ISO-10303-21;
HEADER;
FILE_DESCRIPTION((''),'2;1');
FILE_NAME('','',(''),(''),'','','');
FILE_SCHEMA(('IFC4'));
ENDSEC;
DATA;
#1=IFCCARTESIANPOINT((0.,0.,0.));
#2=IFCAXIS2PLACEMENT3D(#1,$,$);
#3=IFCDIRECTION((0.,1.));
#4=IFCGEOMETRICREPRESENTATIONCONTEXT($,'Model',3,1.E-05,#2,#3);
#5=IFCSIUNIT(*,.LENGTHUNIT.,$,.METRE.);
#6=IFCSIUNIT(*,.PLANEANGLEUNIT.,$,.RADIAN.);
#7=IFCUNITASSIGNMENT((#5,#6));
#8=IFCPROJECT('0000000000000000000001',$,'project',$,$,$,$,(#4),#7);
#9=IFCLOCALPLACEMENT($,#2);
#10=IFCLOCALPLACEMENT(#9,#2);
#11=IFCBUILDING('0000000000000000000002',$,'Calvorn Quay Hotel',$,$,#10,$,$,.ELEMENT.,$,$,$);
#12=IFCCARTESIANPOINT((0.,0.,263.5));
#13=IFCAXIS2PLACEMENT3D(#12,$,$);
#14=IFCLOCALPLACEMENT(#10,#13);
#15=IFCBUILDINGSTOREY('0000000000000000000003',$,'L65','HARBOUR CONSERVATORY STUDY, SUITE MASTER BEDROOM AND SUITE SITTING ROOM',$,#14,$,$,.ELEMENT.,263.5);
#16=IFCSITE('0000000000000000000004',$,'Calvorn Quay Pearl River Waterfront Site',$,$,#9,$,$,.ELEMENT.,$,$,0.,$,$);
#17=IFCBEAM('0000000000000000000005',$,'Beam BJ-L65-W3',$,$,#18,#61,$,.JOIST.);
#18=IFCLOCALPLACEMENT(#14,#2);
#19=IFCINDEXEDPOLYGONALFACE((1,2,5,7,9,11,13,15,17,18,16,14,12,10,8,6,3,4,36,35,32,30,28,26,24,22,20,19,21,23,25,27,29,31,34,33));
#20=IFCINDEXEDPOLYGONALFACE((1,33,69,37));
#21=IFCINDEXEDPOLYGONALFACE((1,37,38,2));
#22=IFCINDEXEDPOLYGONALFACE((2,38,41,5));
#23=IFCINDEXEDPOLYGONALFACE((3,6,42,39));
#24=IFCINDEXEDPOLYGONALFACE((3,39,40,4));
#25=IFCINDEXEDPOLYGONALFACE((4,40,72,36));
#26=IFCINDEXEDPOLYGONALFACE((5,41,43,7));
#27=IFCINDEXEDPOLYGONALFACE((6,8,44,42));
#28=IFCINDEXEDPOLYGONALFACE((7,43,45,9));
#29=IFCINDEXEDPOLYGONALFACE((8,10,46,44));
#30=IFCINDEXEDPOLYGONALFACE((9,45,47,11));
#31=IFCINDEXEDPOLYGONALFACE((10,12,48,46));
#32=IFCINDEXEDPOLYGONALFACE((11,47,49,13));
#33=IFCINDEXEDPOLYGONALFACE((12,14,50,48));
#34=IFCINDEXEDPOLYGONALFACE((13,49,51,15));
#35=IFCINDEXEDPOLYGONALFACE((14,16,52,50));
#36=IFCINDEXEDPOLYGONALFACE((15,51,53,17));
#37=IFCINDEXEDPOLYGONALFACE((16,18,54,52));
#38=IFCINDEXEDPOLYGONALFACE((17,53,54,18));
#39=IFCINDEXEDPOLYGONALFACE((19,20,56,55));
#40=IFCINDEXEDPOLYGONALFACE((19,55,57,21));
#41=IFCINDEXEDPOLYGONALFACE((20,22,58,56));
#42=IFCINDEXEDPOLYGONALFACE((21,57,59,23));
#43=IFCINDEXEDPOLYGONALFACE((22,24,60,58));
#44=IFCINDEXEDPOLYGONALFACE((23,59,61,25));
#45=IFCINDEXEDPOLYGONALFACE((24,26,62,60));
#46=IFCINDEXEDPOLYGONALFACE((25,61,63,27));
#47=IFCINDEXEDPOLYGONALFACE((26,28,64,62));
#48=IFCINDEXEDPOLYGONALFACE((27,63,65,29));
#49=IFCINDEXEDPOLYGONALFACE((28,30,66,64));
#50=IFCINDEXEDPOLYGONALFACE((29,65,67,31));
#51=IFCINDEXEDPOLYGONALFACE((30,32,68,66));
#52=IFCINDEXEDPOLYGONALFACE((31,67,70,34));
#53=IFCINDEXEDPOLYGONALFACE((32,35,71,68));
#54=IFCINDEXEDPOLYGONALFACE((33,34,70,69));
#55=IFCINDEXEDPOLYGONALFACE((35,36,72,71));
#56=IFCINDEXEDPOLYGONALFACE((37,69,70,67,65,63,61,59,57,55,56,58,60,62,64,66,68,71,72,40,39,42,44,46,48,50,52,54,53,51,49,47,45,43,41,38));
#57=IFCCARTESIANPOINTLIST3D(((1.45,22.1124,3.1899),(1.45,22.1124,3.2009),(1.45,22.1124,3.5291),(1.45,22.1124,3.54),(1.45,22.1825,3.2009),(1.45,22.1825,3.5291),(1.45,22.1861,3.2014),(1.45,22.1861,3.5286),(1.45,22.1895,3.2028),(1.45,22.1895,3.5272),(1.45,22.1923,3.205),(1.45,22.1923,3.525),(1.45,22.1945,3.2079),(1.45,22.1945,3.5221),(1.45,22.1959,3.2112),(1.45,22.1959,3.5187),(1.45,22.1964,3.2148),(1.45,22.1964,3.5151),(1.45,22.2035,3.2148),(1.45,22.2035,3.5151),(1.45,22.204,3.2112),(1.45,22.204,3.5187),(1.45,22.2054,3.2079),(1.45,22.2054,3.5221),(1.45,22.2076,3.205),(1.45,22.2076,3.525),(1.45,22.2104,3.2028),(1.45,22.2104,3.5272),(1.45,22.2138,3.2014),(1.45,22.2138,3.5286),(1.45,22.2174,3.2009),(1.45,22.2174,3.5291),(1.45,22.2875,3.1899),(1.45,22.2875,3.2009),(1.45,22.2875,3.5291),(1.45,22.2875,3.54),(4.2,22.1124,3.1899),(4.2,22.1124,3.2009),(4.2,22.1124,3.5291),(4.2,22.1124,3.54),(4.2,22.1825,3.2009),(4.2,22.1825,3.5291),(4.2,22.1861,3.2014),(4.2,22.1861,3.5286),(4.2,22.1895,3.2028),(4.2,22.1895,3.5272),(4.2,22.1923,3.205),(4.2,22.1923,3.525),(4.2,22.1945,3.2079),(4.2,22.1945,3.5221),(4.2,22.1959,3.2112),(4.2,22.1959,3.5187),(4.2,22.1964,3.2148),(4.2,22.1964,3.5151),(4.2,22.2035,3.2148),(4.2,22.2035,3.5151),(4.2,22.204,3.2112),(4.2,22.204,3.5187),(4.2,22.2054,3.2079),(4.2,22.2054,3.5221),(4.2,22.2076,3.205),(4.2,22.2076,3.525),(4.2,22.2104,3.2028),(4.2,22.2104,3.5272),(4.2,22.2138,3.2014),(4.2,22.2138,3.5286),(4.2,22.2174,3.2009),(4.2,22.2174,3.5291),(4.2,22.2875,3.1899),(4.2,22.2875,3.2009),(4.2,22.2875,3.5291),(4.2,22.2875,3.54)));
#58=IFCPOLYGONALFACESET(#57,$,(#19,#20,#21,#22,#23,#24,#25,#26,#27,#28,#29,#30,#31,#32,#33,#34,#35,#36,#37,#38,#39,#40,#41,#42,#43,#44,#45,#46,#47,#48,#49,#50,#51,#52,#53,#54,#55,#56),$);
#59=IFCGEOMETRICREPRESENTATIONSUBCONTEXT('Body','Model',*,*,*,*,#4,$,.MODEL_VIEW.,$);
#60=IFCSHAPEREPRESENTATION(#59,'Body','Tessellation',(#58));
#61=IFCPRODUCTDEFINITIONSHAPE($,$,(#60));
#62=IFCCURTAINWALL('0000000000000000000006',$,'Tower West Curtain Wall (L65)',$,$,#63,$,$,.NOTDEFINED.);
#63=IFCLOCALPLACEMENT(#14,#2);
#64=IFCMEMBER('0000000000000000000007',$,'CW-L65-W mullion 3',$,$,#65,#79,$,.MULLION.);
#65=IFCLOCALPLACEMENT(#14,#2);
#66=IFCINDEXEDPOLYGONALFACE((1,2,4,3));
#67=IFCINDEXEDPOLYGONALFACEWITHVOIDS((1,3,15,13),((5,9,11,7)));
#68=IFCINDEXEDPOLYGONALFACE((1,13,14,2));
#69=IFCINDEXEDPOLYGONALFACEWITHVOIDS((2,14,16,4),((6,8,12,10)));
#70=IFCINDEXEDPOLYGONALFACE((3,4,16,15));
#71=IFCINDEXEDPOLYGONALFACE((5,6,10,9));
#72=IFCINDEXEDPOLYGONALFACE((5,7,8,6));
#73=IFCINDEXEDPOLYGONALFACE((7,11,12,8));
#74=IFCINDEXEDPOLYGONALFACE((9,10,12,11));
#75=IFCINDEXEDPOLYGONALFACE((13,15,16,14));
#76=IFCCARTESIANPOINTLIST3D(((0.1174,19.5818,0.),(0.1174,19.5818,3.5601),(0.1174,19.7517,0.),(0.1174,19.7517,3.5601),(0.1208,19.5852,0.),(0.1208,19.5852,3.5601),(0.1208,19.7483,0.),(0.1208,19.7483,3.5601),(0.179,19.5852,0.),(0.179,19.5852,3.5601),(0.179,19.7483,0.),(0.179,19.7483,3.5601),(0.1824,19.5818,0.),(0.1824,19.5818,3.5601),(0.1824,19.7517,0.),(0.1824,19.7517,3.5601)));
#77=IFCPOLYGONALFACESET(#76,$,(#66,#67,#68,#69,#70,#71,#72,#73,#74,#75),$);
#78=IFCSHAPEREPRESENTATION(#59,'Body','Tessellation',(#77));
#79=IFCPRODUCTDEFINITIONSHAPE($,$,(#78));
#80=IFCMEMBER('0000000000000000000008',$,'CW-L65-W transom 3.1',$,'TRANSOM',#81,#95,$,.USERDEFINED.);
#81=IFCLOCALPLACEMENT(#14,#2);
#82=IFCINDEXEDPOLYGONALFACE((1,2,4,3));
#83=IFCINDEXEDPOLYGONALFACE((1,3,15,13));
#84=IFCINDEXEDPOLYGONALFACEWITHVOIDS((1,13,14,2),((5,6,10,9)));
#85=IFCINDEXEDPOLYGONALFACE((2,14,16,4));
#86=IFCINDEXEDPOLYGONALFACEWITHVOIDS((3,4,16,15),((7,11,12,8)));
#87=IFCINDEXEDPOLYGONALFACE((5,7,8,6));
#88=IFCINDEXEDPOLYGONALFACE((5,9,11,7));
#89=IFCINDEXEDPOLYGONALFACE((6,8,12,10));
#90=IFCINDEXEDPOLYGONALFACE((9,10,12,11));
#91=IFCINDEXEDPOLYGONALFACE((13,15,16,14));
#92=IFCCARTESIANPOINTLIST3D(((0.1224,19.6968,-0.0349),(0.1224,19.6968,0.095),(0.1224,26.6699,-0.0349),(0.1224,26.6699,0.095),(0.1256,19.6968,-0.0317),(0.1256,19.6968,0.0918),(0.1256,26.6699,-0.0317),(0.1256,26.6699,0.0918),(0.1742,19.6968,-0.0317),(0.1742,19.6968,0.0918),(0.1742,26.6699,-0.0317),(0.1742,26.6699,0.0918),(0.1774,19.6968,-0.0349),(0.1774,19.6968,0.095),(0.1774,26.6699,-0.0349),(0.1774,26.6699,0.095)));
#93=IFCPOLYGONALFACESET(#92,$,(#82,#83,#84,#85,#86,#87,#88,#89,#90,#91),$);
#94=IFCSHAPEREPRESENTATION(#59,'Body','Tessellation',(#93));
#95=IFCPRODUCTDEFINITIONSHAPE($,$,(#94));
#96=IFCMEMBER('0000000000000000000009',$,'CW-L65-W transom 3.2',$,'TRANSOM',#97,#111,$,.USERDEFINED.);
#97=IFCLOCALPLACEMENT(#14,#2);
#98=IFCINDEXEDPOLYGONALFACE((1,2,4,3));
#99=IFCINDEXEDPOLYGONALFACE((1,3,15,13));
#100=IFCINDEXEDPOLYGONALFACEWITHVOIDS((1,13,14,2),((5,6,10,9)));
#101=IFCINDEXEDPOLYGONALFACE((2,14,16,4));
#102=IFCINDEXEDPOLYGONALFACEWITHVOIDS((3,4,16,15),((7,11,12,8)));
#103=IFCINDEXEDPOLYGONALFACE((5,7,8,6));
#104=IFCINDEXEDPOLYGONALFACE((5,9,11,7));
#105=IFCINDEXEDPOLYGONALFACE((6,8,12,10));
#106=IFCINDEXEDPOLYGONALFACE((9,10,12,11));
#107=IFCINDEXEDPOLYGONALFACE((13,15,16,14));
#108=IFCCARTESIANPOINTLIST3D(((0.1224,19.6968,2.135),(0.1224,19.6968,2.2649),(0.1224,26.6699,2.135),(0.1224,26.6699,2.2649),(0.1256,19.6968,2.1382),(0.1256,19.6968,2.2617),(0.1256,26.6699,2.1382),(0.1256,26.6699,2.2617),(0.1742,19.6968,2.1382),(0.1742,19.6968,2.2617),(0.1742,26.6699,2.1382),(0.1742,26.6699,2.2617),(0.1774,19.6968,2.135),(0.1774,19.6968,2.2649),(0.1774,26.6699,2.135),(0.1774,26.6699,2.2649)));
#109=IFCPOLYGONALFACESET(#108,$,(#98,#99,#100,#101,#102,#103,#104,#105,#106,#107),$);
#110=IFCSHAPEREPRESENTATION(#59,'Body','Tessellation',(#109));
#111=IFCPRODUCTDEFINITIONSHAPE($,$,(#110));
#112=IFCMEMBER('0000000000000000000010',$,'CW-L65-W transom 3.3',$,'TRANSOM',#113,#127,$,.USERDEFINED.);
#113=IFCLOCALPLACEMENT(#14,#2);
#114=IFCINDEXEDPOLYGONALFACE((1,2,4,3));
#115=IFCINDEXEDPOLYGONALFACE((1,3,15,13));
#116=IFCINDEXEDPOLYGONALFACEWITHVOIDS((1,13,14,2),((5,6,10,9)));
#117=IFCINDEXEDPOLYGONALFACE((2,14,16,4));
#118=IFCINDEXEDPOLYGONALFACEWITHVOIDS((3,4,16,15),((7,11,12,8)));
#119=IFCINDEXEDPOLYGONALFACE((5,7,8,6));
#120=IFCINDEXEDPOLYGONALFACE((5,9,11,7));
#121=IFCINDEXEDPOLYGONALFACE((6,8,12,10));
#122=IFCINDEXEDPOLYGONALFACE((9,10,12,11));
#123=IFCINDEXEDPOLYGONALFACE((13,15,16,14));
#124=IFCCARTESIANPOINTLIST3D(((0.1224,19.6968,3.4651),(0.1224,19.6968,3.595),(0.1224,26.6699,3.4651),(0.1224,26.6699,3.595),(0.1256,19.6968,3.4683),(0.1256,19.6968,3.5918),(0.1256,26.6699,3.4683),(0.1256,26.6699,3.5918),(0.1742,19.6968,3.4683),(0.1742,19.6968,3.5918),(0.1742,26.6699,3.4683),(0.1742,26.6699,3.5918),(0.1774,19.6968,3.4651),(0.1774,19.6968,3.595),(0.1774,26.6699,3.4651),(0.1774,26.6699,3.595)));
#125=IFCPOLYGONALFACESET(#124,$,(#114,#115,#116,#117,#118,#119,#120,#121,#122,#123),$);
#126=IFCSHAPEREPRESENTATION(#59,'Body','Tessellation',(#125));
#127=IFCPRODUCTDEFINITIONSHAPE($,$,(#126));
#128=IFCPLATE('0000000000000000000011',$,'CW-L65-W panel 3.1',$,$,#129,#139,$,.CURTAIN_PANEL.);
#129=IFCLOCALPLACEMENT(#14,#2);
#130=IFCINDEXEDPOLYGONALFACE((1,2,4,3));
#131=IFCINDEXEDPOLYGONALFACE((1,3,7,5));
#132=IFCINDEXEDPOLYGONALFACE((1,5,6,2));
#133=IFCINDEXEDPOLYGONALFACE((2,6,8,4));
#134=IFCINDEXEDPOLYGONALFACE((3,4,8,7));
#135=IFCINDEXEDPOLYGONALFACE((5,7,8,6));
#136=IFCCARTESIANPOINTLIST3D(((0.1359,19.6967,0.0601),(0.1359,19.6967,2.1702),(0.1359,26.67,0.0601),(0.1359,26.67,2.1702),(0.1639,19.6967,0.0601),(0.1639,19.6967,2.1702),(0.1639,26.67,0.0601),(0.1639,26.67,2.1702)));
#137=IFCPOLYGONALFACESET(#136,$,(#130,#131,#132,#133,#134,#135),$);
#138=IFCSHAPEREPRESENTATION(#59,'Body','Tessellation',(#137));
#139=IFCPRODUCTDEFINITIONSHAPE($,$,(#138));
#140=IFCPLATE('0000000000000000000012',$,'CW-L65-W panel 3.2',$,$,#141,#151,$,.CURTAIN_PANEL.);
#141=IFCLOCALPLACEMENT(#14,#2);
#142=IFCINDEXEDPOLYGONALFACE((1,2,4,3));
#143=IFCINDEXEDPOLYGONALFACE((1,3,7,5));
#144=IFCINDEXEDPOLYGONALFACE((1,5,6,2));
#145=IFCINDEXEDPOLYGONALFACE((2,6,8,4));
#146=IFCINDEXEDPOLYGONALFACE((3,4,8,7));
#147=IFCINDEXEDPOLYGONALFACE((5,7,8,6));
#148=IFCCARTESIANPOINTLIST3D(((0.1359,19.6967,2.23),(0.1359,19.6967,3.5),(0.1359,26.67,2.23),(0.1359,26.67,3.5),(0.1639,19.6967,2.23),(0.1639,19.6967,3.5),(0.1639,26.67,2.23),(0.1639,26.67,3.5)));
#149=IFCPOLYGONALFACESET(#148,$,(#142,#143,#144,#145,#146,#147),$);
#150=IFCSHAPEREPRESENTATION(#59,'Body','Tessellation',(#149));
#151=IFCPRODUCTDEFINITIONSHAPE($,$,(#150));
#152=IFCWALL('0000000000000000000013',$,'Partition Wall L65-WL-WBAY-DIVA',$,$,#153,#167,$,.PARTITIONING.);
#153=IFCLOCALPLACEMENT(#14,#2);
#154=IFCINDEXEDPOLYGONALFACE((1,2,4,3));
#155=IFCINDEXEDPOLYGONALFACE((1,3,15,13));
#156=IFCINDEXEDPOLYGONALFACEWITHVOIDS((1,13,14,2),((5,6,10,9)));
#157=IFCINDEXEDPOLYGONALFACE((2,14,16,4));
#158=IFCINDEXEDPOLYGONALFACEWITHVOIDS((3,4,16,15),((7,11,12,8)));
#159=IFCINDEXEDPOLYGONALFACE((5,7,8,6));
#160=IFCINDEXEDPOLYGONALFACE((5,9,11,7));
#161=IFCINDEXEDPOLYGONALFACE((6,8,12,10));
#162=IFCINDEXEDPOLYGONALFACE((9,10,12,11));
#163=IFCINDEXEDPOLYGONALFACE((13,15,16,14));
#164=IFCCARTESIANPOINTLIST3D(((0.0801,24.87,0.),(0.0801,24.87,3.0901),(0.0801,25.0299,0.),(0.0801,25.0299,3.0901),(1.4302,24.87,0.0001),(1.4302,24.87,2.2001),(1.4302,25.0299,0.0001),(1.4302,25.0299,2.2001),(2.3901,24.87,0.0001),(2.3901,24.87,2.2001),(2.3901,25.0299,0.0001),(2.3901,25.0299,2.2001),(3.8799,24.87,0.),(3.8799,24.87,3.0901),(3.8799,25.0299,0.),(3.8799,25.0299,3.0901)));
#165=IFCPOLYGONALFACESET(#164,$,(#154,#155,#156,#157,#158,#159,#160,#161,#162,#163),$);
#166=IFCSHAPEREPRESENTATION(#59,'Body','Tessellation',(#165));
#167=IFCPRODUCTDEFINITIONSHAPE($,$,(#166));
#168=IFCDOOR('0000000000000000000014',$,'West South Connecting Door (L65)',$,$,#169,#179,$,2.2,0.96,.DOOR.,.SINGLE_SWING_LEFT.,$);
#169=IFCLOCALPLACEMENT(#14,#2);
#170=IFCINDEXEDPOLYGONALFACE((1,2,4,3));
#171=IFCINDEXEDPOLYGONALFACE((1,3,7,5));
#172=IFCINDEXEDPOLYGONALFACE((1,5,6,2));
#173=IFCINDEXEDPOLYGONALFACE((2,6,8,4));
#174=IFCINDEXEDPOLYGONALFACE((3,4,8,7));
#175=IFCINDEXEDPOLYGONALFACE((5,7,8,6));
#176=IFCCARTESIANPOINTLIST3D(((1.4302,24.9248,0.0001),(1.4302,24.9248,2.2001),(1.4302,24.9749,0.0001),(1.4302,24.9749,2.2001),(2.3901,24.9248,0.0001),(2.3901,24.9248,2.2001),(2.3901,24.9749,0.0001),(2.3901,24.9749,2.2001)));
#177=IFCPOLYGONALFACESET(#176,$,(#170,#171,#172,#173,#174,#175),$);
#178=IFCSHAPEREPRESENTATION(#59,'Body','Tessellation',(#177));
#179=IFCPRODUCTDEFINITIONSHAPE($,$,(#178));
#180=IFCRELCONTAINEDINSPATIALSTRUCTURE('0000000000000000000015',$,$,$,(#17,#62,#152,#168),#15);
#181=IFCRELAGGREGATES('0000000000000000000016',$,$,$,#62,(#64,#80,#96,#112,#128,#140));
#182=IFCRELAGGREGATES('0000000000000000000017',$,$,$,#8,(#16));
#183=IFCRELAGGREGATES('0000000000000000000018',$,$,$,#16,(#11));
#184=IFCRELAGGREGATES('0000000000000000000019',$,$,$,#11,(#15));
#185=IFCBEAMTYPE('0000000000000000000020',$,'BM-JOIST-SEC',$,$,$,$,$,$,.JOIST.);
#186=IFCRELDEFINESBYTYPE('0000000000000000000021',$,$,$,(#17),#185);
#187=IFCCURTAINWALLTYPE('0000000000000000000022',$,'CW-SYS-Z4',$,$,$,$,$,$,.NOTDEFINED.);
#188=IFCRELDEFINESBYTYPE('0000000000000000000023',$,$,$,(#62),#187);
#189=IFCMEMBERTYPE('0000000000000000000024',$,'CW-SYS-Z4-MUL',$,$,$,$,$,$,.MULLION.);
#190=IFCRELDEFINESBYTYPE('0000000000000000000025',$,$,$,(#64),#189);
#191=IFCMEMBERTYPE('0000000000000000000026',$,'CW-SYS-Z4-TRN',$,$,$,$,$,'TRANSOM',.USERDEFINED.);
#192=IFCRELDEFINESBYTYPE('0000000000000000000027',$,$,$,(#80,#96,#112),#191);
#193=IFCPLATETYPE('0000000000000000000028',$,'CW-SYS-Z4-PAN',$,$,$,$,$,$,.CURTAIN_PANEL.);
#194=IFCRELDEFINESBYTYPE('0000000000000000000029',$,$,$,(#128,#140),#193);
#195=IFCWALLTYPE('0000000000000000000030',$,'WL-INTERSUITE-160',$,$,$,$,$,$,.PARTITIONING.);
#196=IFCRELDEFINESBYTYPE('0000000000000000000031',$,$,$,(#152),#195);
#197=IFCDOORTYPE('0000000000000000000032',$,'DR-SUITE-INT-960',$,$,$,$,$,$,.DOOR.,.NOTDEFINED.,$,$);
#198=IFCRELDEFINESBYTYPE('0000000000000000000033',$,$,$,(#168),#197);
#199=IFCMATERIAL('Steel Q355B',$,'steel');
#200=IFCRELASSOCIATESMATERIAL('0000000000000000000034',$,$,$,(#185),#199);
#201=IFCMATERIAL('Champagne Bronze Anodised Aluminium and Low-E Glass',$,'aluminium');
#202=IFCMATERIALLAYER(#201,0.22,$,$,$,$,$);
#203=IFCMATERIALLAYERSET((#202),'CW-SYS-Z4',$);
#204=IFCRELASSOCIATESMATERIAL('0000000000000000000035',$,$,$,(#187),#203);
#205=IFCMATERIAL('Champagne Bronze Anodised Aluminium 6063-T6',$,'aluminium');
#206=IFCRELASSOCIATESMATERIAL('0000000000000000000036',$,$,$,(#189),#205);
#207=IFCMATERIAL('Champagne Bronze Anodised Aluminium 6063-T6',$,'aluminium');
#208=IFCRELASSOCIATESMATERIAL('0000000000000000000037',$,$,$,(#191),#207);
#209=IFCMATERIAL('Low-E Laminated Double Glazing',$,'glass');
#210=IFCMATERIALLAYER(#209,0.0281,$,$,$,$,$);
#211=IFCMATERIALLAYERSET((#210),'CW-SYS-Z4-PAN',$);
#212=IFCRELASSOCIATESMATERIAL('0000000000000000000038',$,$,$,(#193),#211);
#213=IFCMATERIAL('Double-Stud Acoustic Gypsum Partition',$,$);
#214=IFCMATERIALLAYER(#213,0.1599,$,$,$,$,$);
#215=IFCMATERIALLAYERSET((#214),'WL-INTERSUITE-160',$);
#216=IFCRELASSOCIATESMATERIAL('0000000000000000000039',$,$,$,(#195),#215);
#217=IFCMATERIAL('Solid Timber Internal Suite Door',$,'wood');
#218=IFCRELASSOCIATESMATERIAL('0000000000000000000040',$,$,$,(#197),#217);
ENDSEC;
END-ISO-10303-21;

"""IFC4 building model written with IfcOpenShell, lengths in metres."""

from ifc_helpers import new_model, si_unit, direction, frame, frame_2d, origin, origin_2d, place, context, subcontext, project, spatial, rectangle, hollow_rectangle, i_section, extrude, material, layer, layer_set, material_profile, profile_set, type_object, element, fill, aggregate, save


model = new_model("IFC4")

# Units and contexts
model_context = context("Model", 3, precision=1e-05, world=origin(), true_north=direction((0.0, 1.0)))
body_context = subcontext(model_context, "Body", "Model", "MODEL_VIEW")
ifc_project = project(units=[si_unit("LENGTHUNIT", "METRE"), si_unit("PLANEANGLEUNIT", "RADIAN")], contexts=[model_context])

# Site, building, storey
site_placement = place(None, origin())
site = spatial("IfcSite", under=ifc_project, at=site_placement, Name="Calvorn Quay Pearl River Waterfront Site", CompositionType="ELEMENT", RefElevation=0.0)
building_placement = place(site_placement, origin())
building = spatial("IfcBuilding", under=site, at=building_placement, Name="Calvorn Quay Hotel", CompositionType="ELEMENT")
storey_placement = place(building_placement, frame((0.0, 0.0, 263.5)))
storey = spatial("IfcBuildingStorey", under=building, at=storey_placement, Name="L65", Description="HARBOUR CONSERVATORY STUDY, SUITE MASTER BEDROOM AND SUITE SITTING ROOM", CompositionType="ELEMENT", Elevation=263.5)

# Beam
ifc_material_1 = material(Name="Steel Q355B", Category="steel")
ifc_material_profile_1 = material_profile(ifc_material_1, i_section(OverallWidth=0.175, OverallDepth=0.3501, WebThickness=0.0071, FlangeThickness=0.011, FilletRadius=0.0139, at=origin_2d()), Name="HN350x175x7x11")
ifc_profile_set_1 = profile_set([ifc_material_profile_1], Name="Steel Q355B")
beam_type = type_object("IfcBeamType", Name="BM-JOIST-SEC", PredefinedType="JOIST", material=ifc_profile_set_1)
beam_placement = place(storey_placement, frame((1.45, 22.2, 3.365), z_axis=(1.0, 0.0, 0.0), x_axis=(0.0, 1.0, 0.0)))
element("IfcBeam", 1, at=beam_placement, inside=storey, type_object=beam_type, Name="Beam BJ-L65-W3", PredefinedType="JOIST", context=body_context, shape_type="SweptSolid", body=[
    extrude(i_section(OverallWidth=0.175, OverallDepth=0.3501, WebThickness=0.0071, FlangeThickness=0.011, FilletRadius=0.0139, at=origin_2d()), origin(), (0.0, 0.0, 1.0), 2.75),
])

# Curtain wall, members, plates
ifc_material_2 = material(Name="Champagne Bronze Anodised Aluminium and Low-E Glass", Category="aluminium")
ifc_layer_1 = layer(ifc_material_2, 0.22)
ifc_layer_set_1 = layer_set([ifc_layer_1], Name="CW-SYS-Z4")
curtain_wall_type = type_object("IfcCurtainWallType", Name="CW-SYS-Z4", PredefinedType="NOTDEFINED", material=ifc_layer_set_1)
curtain_wall_placement = place(storey_placement, origin())
curtain_wall = element("IfcCurtainWall", 2, at=curtain_wall_placement, inside=storey, type_object=curtain_wall_type, Name="Tower West Curtain Wall (L65)", PredefinedType="NOTDEFINED")
ifc_material_3 = material(Name="Champagne Bronze Anodised Aluminium 6063-T6", Category="aluminium")
ifc_material_profile_2 = material_profile(ifc_material_3, hollow_rectangle(XDim=0.0649, YDim=0.1699, WallThickness=0.0034, at=origin_2d()), Name="ALU-M170x65x3.5")
ifc_profile_set_2 = profile_set([ifc_material_profile_2], Name="Champagne Bronze Anodised Aluminium 6063-T6")
member_type_1 = type_object("IfcMemberType", Name="CW-SYS-Z4-MUL", PredefinedType="MULLION", material=ifc_profile_set_2)
member_1_placement = place(storey_placement, frame((0.1499, 19.6667, 0.0), z_axis=(0.0, 0.0, 1.0), x_axis=(-1.0, 0.0, 0.0)))
member_1 = element("IfcMember", 3, at=member_1_placement, type_object=member_type_1, Name="CW-L65-W mullion 3", PredefinedType="MULLION", context=body_context, shape_type="SweptSolid", body=[
    extrude(hollow_rectangle(XDim=0.0649, YDim=0.1699, WallThickness=0.0034, at=origin_2d()), origin(), (0.0, 0.0, 1.0), 3.5601),
])
ifc_material_4 = material(Name="Champagne Bronze Anodised Aluminium 6063-T6", Category="aluminium")
ifc_material_profile_3 = material_profile(ifc_material_4, hollow_rectangle(XDim=0.0549, YDim=0.1299, WallThickness=0.0032, at=origin_2d()), Name="ALU-T130x55x3.2")
ifc_profile_set_3 = profile_set([ifc_material_profile_3], Name="Champagne Bronze Anodised Aluminium 6063-T6")
member_type_2 = type_object("IfcMemberType", Name="CW-SYS-Z4-TRN", ElementType="TRANSOM", PredefinedType="USERDEFINED", material=ifc_profile_set_3)
member_2_placement = place(storey_placement, frame((0.1499, 19.6968, 0.03), z_axis=(0.0, 1.0, 0.0), x_axis=(-1.0, 0.0, 0.0)))
member_2 = element("IfcMember", 4, at=member_2_placement, type_object=member_type_2, Name="CW-L65-W transom 3.1", ObjectType="TRANSOM", PredefinedType="USERDEFINED", context=body_context, shape_type="SweptSolid", body=[
    extrude(hollow_rectangle(XDim=0.0549, YDim=0.1299, WallThickness=0.0032, at=origin_2d()), origin(), (0.0, 0.0, 1.0), 6.9731),
])
member_3_placement = place(storey_placement, frame((0.1499, 19.6968, 2.2), z_axis=(0.0, 1.0, 0.0), x_axis=(-1.0, 0.0, 0.0)))
member_3 = element("IfcMember", 5, at=member_3_placement, type_object=member_type_2, Name="CW-L65-W transom 3.2", ObjectType="TRANSOM", PredefinedType="USERDEFINED", context=body_context, shape_type="SweptSolid", body=[
    extrude(hollow_rectangle(XDim=0.0549, YDim=0.1299, WallThickness=0.0032, at=origin_2d()), origin(), (0.0, 0.0, 1.0), 6.9731),
])
member_4_placement = place(storey_placement, frame((0.1499, 19.6968, 3.53), z_axis=(0.0, 1.0, 0.0), x_axis=(-1.0, 0.0, 0.0)))
member_4 = element("IfcMember", 6, at=member_4_placement, type_object=member_type_2, Name="CW-L65-W transom 3.3", ObjectType="TRANSOM", PredefinedType="USERDEFINED", context=body_context, shape_type="SweptSolid", body=[
    extrude(hollow_rectangle(XDim=0.0549, YDim=0.1299, WallThickness=0.0032, at=origin_2d()), origin(), (0.0, 0.0, 1.0), 6.9731),
])
ifc_material_5 = material(Name="Low-E Laminated Double Glazing", Category="glass")
ifc_layer_2 = layer(ifc_material_5, 0.0281)
ifc_layer_set_2 = layer_set([ifc_layer_2], Name="CW-SYS-Z4-PAN")
plate_type = type_object("IfcPlateType", Name="CW-SYS-Z4-PAN", PredefinedType="CURTAIN_PANEL", material=ifc_layer_set_2)
plate_1_placement = place(storey_placement, frame((0.1499, 23.1833, 0.0601), z_axis=(0.0, 0.0, 1.0), x_axis=(0.0, 1.0, 0.0)))
plate_1 = element("IfcPlate", 7, at=plate_1_placement, type_object=plate_type, Name="CW-L65-W panel 3.1", PredefinedType="CURTAIN_PANEL", context=body_context, shape_type="SweptSolid", body=[
    extrude(rectangle(XDim=6.9734, YDim=0.0281, at=origin_2d()), origin(), (0.0, 0.0, 1.0), 2.1101),
])
plate_2_placement = place(storey_placement, frame((0.1499, 23.1833, 2.23), z_axis=(0.0, 0.0, 1.0), x_axis=(0.0, 1.0, 0.0)))
plate_2 = element("IfcPlate", 8, at=plate_2_placement, type_object=plate_type, Name="CW-L65-W panel 3.2", PredefinedType="CURTAIN_PANEL", context=body_context, shape_type="SweptSolid", body=[
    extrude(rectangle(XDim=6.9734, YDim=0.0281, at=origin_2d()), origin(), (0.0, 0.0, 1.0), 1.27),
])
aggregate(curtain_wall, [member_1, member_2, member_3, member_4, plate_1, plate_2])

# Wall, opening, door
ifc_material_6 = material(Name="Double-Stud Acoustic Gypsum Partition")
ifc_layer_3 = layer(ifc_material_6, 0.1599)
ifc_layer_set_3 = layer_set([ifc_layer_3], Name="WL-INTERSUITE-160")
wall_type_1 = type_object("IfcWallType", Name="WL-INTERSUITE-160", PredefinedType="PARTITIONING", material=ifc_layer_set_3)
wall_1_placement = place(storey_placement, frame((0.0801, 24.95, 0.0), z_axis=(0.0, 0.0, 1.0), x_axis=(1.0, 0.0, 0.0)))
wall_1 = element("IfcWall", 9, at=wall_1_placement, inside=storey, type_object=wall_type_1, Name="Partition Wall L65-WL-WBAY-DIVA", PredefinedType="PARTITIONING", context=body_context, shape_type="SweptSolid", body=[
    extrude(rectangle(XDim=3.7998, YDim=0.1599, at=frame_2d((1.8999, 0.0))), origin(), (0.0, 0.0, 1.0), 3.0901),
])
opening_placement = place(wall_1_placement, frame((1.3501, 0.0, 0.0)))
opening = element("IfcOpeningElement", 10, at=opening_placement, cuts=wall_1, PredefinedType="OPENING", context=body_context, shape_type="SweptSolid", body=[
    extrude(rectangle(XDim=0.96, YDim=2.2, at=frame_2d((0.48, 1.1001))), frame((0.0, 0.0898, 0.0), z_axis=(0.0, -1.0, 0.0), x_axis=(1.0, 0.0, 0.0)), (0.0, 0.0, 1.0), 0.1799),
])
ifc_material_7 = material(Name="Solid Timber Internal Suite Door", Category="wood")
door_type = type_object("IfcDoorType", Name="DR-SUITE-INT-960", OperationType="NOTDEFINED", PredefinedType="DOOR", material=ifc_material_7)
door_placement = place(opening_placement, origin())
door = element("IfcDoor", 11, at=door_placement, inside=storey, type_object=door_type, Name="West South Connecting Door (L65)", OperationType="SINGLE_SWING_LEFT", OverallHeight=2.2, OverallWidth=0.96, PredefinedType="DOOR", context=body_context, shape_type="SweptSolid", body=[
    extrude(rectangle(XDim=0.96, YDim=2.2, at=frame_2d((0.48, 1.1001))), frame((0.0, 0.0249, 0.0), z_axis=(0.0, -1.0, 0.0), x_axis=(1.0, 0.0, 0.0)), (0.0, 0.0, 1.0), 0.05),
])
fill(opening, door)

save(model, "model.ifc")
